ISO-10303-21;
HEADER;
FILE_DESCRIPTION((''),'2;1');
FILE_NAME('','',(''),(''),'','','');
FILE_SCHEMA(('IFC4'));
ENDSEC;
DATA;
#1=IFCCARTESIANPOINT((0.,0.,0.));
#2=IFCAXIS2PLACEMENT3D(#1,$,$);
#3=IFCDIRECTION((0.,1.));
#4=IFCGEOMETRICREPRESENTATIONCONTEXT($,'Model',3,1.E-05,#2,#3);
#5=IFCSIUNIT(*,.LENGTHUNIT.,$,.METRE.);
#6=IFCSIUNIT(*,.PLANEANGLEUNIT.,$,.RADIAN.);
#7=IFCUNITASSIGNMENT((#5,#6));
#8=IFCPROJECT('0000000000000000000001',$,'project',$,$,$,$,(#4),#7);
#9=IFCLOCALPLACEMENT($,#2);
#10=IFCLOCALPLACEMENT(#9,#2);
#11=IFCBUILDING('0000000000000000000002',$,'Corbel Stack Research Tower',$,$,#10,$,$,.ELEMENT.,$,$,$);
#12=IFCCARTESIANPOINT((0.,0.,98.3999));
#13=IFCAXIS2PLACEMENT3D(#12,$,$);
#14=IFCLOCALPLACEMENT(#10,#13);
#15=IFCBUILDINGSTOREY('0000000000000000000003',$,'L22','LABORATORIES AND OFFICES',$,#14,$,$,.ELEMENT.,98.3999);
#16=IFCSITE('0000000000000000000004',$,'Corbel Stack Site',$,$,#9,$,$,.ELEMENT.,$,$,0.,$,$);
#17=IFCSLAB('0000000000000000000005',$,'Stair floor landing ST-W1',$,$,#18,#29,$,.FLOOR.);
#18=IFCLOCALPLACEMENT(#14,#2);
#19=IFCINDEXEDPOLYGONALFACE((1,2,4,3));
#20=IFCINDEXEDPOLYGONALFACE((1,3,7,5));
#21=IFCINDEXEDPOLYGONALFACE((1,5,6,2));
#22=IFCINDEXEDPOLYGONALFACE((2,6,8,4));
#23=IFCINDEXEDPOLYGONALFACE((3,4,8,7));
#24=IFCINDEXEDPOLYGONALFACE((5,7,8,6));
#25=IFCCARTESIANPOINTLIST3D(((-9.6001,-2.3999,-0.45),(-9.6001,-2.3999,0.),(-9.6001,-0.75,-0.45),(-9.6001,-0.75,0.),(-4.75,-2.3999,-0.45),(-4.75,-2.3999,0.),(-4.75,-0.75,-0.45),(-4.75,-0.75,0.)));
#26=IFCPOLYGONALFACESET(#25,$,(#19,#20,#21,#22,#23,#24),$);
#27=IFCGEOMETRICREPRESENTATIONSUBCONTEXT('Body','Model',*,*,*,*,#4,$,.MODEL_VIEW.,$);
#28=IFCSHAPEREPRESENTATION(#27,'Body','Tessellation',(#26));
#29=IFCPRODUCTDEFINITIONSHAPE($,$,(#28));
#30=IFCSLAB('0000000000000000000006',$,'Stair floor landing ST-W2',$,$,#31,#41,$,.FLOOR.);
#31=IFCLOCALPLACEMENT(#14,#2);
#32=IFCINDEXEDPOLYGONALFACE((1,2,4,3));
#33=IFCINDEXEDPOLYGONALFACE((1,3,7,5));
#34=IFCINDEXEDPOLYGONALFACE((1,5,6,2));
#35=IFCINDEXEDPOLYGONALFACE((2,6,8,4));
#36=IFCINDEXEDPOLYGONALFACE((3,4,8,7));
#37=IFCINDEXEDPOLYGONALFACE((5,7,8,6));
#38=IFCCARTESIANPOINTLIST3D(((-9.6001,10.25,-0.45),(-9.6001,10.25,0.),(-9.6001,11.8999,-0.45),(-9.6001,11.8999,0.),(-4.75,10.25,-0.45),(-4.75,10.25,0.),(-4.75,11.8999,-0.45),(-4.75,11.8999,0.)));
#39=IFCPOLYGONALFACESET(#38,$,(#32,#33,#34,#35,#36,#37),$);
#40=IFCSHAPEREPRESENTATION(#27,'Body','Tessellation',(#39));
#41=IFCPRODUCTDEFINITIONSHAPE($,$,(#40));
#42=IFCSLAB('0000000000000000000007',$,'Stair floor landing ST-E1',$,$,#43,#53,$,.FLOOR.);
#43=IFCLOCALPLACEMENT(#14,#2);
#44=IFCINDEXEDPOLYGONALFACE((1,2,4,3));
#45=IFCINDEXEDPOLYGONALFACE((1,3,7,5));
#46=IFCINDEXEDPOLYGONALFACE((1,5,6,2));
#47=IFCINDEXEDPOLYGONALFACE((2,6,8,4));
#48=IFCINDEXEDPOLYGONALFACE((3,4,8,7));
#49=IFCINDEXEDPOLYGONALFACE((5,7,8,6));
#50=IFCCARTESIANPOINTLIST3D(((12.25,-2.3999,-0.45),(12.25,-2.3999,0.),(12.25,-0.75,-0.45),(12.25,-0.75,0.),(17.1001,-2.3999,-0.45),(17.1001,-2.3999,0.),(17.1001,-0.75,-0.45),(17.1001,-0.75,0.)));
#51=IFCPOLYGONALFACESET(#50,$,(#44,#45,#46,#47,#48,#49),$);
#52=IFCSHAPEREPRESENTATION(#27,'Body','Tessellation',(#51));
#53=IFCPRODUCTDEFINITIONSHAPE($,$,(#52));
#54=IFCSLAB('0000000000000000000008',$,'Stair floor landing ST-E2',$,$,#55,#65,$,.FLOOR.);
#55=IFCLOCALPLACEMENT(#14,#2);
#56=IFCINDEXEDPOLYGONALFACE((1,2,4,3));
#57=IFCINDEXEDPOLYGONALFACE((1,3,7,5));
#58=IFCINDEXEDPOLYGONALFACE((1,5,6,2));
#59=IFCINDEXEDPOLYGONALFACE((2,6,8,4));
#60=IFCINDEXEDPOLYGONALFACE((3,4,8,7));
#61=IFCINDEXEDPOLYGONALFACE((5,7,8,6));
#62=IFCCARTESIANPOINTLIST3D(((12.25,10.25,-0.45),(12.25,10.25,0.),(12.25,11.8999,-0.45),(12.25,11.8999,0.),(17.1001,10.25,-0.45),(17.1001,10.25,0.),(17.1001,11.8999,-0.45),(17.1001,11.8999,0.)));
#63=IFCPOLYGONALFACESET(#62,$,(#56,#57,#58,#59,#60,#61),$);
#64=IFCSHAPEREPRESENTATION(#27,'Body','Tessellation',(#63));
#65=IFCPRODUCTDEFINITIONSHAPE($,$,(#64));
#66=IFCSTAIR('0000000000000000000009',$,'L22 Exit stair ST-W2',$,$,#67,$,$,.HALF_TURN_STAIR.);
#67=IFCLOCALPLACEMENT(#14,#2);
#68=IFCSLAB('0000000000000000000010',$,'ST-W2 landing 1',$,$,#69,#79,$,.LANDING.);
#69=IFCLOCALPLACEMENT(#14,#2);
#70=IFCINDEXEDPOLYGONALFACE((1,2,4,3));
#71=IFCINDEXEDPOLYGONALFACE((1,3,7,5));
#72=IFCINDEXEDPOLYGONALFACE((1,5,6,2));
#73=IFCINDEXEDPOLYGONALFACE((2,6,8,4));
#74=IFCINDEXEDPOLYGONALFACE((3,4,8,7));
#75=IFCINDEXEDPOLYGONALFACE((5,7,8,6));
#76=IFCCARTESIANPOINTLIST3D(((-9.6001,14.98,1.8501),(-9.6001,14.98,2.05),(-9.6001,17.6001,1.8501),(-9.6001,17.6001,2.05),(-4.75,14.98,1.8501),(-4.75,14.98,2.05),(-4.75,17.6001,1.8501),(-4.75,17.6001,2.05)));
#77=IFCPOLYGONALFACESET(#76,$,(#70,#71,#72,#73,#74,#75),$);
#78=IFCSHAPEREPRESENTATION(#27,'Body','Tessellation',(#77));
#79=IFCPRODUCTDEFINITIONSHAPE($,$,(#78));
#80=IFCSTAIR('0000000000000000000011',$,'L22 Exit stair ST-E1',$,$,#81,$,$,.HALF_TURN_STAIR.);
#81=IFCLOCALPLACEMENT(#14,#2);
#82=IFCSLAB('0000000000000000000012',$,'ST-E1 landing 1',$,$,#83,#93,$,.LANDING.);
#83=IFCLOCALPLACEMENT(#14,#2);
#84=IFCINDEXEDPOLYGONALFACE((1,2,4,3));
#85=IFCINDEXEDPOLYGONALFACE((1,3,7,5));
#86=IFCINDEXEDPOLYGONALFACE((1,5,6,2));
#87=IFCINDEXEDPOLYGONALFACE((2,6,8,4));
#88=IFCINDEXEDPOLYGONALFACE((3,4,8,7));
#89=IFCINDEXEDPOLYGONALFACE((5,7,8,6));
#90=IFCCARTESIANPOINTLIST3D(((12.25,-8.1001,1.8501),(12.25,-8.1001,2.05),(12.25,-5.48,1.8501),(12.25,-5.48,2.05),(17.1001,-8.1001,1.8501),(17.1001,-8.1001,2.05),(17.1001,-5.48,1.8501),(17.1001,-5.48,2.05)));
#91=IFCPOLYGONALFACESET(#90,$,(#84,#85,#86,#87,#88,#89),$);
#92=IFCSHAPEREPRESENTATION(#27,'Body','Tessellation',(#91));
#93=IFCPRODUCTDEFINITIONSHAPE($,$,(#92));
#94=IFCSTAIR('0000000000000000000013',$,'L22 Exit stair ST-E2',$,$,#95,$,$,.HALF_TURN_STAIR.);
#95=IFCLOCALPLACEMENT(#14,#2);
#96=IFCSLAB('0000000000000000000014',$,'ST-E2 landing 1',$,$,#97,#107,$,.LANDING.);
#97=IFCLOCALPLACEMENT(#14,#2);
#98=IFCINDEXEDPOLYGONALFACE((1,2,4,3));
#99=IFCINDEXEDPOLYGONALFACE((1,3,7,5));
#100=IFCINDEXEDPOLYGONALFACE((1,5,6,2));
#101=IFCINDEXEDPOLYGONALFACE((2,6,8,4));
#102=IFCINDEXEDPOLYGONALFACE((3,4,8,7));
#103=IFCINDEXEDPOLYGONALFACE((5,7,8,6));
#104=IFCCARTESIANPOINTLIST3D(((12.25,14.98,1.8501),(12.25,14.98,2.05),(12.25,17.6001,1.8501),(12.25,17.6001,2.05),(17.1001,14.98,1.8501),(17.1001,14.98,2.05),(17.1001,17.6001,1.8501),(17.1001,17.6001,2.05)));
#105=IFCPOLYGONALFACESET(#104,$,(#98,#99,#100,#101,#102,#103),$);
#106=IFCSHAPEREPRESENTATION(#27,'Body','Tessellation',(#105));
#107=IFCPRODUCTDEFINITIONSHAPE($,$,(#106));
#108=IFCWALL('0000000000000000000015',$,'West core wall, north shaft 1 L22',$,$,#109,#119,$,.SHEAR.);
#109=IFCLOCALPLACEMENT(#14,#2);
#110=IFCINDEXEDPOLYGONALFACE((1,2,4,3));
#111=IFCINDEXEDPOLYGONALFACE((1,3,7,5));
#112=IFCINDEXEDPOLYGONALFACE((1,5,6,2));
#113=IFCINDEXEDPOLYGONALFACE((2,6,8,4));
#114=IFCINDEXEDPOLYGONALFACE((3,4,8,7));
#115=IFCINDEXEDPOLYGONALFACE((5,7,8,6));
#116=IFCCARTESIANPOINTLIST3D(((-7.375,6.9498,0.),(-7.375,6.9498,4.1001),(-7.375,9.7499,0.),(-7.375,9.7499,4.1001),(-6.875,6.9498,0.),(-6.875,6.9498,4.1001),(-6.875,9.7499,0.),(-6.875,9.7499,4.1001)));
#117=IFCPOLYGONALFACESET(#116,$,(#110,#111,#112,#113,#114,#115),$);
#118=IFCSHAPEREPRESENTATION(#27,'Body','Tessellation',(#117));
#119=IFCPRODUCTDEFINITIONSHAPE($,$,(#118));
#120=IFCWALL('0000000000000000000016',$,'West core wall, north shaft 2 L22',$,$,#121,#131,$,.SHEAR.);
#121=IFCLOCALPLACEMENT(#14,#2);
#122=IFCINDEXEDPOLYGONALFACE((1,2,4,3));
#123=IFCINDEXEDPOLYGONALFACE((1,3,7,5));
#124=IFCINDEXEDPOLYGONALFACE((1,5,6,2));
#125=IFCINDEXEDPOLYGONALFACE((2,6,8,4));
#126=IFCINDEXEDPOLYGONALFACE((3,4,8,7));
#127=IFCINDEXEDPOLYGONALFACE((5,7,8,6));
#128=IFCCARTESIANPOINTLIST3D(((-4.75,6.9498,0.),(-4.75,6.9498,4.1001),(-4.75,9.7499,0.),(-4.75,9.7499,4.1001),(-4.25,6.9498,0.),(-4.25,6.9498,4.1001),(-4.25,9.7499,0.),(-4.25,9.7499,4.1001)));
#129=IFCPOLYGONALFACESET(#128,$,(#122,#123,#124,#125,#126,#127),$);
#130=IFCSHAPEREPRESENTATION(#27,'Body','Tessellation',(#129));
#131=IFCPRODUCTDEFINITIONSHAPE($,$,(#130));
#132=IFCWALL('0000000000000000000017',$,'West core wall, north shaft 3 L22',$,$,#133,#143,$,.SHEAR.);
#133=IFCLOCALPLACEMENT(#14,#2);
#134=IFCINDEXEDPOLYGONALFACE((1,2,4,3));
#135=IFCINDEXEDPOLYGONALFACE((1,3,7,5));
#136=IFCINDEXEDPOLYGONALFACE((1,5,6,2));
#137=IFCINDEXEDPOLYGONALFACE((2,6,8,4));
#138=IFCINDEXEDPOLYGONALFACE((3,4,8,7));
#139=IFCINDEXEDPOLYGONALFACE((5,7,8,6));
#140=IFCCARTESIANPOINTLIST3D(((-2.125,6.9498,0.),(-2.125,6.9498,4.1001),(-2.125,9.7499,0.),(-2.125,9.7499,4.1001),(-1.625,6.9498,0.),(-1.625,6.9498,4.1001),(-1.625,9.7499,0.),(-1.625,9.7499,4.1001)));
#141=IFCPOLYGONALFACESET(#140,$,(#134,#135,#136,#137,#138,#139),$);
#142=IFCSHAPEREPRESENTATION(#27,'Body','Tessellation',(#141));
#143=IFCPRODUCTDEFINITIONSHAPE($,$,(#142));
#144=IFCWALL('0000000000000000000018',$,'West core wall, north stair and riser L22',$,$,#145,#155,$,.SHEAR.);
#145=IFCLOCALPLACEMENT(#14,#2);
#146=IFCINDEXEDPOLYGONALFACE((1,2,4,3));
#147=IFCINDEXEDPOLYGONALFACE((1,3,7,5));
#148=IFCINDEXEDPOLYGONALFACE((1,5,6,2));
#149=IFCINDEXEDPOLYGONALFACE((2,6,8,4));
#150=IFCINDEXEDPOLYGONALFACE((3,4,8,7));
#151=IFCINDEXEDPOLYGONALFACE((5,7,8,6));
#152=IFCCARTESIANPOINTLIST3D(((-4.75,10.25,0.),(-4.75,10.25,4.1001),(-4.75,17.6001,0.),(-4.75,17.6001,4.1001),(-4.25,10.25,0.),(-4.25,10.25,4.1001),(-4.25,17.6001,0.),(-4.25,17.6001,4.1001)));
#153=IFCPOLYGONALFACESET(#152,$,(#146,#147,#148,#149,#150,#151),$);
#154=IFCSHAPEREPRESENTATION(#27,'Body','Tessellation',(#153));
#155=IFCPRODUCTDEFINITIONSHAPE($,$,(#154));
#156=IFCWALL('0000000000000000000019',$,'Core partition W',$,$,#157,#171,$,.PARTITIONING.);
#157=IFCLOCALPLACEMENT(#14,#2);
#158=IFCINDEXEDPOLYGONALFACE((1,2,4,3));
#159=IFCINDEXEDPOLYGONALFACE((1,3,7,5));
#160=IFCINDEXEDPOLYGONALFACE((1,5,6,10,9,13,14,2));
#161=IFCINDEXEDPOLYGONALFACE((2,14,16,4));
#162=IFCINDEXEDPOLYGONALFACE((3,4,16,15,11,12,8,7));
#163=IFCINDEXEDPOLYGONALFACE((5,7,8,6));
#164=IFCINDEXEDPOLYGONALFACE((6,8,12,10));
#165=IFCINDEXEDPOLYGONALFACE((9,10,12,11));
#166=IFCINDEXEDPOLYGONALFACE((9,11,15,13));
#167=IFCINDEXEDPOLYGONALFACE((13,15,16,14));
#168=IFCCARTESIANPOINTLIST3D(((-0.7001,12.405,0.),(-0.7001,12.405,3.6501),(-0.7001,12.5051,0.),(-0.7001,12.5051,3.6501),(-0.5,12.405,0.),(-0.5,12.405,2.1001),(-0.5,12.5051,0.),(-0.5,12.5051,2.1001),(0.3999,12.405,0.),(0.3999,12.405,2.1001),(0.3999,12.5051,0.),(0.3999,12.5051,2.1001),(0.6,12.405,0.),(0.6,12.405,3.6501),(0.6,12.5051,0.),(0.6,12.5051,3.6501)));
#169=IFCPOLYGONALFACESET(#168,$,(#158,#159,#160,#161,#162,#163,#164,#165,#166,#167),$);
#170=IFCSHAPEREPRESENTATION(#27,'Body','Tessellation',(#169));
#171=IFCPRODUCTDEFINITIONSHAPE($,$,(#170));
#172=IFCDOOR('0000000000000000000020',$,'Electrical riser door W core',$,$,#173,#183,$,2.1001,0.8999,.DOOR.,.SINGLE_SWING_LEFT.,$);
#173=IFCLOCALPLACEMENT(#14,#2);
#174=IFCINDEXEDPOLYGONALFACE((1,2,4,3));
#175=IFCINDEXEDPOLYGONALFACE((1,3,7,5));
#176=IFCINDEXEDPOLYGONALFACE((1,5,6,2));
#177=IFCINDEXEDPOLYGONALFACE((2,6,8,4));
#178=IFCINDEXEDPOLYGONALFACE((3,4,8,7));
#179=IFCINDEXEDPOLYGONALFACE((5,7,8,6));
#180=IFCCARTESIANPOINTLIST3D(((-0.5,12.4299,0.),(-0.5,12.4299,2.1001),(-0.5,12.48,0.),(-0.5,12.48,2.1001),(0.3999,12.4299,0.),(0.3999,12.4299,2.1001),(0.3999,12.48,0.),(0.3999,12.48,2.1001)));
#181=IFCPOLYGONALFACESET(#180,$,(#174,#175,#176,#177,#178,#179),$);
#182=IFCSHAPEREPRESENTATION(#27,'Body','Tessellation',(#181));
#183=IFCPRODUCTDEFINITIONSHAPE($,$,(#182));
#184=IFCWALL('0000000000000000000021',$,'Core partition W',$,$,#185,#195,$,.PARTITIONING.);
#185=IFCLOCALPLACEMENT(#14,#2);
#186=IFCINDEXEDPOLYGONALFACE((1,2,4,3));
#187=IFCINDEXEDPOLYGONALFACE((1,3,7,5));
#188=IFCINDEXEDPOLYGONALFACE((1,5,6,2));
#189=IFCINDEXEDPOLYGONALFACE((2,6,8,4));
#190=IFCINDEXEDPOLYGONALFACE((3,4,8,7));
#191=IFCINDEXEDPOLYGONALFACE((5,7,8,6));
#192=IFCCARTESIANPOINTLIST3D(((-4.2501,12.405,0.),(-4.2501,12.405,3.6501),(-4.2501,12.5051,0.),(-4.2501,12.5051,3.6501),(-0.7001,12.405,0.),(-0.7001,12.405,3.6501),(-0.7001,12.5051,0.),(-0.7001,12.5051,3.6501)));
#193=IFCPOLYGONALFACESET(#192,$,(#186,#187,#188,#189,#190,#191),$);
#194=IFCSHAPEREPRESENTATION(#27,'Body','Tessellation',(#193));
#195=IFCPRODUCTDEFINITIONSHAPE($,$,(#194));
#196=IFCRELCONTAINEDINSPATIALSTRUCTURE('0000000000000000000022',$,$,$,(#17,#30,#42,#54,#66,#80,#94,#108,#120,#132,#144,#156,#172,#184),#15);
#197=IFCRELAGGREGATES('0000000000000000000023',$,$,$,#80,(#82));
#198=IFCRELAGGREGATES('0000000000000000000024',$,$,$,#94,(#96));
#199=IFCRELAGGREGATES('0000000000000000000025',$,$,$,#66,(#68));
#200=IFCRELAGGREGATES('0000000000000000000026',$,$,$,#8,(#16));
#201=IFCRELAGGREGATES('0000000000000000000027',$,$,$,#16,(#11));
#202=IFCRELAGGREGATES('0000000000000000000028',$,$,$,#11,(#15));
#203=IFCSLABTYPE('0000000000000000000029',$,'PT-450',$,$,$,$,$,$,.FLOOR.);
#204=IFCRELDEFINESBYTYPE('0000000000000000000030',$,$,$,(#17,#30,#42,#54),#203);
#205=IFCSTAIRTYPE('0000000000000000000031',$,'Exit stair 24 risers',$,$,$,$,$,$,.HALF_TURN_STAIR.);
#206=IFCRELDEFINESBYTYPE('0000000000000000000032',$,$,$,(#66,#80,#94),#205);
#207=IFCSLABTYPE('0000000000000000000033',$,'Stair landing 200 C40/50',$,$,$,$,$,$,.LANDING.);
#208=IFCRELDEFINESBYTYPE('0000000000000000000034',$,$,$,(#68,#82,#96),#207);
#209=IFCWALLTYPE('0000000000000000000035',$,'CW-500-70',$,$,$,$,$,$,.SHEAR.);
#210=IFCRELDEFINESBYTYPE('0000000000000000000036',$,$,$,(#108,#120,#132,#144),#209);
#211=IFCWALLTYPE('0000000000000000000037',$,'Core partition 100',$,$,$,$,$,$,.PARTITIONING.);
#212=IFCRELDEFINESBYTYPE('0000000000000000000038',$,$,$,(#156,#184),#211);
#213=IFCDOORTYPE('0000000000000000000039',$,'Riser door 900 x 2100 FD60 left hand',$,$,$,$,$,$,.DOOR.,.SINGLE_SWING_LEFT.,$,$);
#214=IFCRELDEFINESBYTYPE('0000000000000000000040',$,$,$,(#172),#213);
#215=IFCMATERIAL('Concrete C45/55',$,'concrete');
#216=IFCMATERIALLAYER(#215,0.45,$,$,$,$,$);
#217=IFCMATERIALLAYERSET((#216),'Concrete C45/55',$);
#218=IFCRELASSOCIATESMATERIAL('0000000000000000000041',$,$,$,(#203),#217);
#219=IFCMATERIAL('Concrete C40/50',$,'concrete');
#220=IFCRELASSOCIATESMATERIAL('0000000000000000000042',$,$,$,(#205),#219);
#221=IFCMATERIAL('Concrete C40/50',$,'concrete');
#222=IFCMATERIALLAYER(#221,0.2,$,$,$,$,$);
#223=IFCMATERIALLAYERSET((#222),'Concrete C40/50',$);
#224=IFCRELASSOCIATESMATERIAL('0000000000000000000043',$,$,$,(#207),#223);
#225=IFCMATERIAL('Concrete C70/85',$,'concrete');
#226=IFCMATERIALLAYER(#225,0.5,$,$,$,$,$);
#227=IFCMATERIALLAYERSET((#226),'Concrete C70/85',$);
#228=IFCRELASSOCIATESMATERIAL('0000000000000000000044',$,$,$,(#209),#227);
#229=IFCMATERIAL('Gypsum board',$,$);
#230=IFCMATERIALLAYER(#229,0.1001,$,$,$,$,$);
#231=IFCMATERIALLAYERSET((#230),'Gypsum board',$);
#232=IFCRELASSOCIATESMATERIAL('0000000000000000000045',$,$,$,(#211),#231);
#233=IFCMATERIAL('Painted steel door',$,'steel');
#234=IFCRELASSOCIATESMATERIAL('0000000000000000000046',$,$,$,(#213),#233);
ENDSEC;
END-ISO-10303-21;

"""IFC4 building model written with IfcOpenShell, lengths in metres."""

from ifc_helpers import new_model, si_unit, direction, frame, frame_2d, origin, place, context, subcontext, project, spatial, polyline, rectangle, outline, extrude, material, layer, layer_set, type_object, element, fill, aggregate, save


model = new_model("IFC4")

# Units and contexts
model_context = context("Model", 3, precision=1e-05, world=origin(), true_north=direction((0.0, 1.0)))
body_context = subcontext(model_context, "Body", "Model", "MODEL_VIEW")
ifc_project = project(units=[si_unit("LENGTHUNIT", "METRE"), si_unit("PLANEANGLEUNIT", "RADIAN")], contexts=[model_context])

# Site, building, storey
site_placement = place(None, origin())
site = spatial("IfcSite", under=ifc_project, at=site_placement, Name="Corbel Stack Site", CompositionType="ELEMENT", RefElevation=0.0)
building_placement = place(site_placement, origin())
building = spatial("IfcBuilding", under=site, at=building_placement, Name="Corbel Stack Research Tower", CompositionType="ELEMENT")
storey_placement = place(building_placement, frame((0.0, 0.0, 98.3999)))
storey = spatial("IfcBuildingStorey", under=building, at=storey_placement, Name="L22", Description="LABORATORIES AND OFFICES", CompositionType="ELEMENT", Elevation=98.3999)

# Slabs
ifc_material_1 = material(Name="Concrete C45/55", Category="concrete")
ifc_layer_1 = layer(ifc_material_1, 0.45)
ifc_layer_set_1 = layer_set([ifc_layer_1], Name="Concrete C45/55")
slab_type_1 = type_object("IfcSlabType", Name="PT-450", PredefinedType="FLOOR", material=ifc_layer_set_1)
slab_1_placement = place(storey_placement, frame((0.0, 0.0, -0.45)))
element("IfcSlab", 1, at=slab_1_placement, inside=storey, type_object=slab_type_1, Name="Stair floor landing ST-W1", PredefinedType="FLOOR", context=body_context, shape_type="SweptSolid", body=[
    extrude(outline(polyline([(-9.6001, -2.3999), (-4.75, -2.3999), (-4.75, -0.75), (-9.6001, -0.75), (-9.6001, -2.3999)])), origin(), (0.0, 0.0, 1.0), 0.45),
])
slab_2_placement = place(storey_placement, frame((0.0, 0.0, -0.45)))
element("IfcSlab", 2, at=slab_2_placement, inside=storey, type_object=slab_type_1, Name="Stair floor landing ST-W2", PredefinedType="FLOOR", context=body_context, shape_type="SweptSolid", body=[
    extrude(outline(polyline([(-9.6001, 10.25), (-4.75, 10.25), (-4.75, 11.8999), (-9.6001, 11.8999), (-9.6001, 10.25)])), origin(), (0.0, 0.0, 1.0), 0.45),
])
slab_3_placement = place(storey_placement, frame((0.0, 0.0, -0.45)))
element("IfcSlab", 3, at=slab_3_placement, inside=storey, type_object=slab_type_1, Name="Stair floor landing ST-E1", PredefinedType="FLOOR", context=body_context, shape_type="SweptSolid", body=[
    extrude(outline(polyline([(12.25, -2.3999), (17.1001, -2.3999), (17.1001, -0.75), (12.25, -0.75), (12.25, -2.3999)])), origin(), (0.0, 0.0, 1.0), 0.45),
])
slab_4_placement = place(storey_placement, frame((0.0, 0.0, -0.45)))
element("IfcSlab", 4, at=slab_4_placement, inside=storey, type_object=slab_type_1, Name="Stair floor landing ST-E2", PredefinedType="FLOOR", context=body_context, shape_type="SweptSolid", body=[
    extrude(outline(polyline([(12.25, 10.25), (17.1001, 10.25), (17.1001, 11.8999), (12.25, 11.8999), (12.25, 10.25)])), origin(), (0.0, 0.0, 1.0), 0.45),
])

# Stairs, slabs
ifc_material_2 = material(Name="Concrete C40/50", Category="concrete")
stair_type = type_object("IfcStairType", Name="Exit stair 24 risers", PredefinedType="HALF_TURN_STAIR", material=ifc_material_2)
stair_1_placement = place(storey_placement, origin())
stair_1 = element("IfcStair", 5, at=stair_1_placement, inside=storey, type_object=stair_type, Name="L22 Exit stair ST-W2", PredefinedType="HALF_TURN_STAIR")
ifc_material_3 = material(Name="Concrete C40/50", Category="concrete")
ifc_layer_2 = layer(ifc_material_3, 0.2)
ifc_layer_set_2 = layer_set([ifc_layer_2], Name="Concrete C40/50")
slab_type_2 = type_object("IfcSlabType", Name="Stair landing 200 C40/50", PredefinedType="LANDING", material=ifc_layer_set_2)
slab_5_placement = place(storey_placement, frame((0.0, 0.0, 1.8501)))
slab_5 = element("IfcSlab", 6, at=slab_5_placement, type_object=slab_type_2, Name="ST-W2 landing 1", PredefinedType="LANDING", context=body_context, shape_type="SweptSolid", body=[
    extrude(outline(polyline([(-9.6001, 14.98), (-9.6001, 17.6001), (-4.75, 17.6001), (-4.75, 14.98), (-9.6001, 14.98)])), origin(), (0.0, 0.0, 1.0), 0.2),
])
stair_2_placement = place(storey_placement, origin())
stair_2 = element("IfcStair", 7, at=stair_2_placement, inside=storey, type_object=stair_type, Name="L22 Exit stair ST-E1", PredefinedType="HALF_TURN_STAIR")
slab_6_placement = place(storey_placement, frame((0.0, 0.0, 1.8501)))
slab_6 = element("IfcSlab", 8, at=slab_6_placement, type_object=slab_type_2, Name="ST-E1 landing 1", PredefinedType="LANDING", context=body_context, shape_type="SweptSolid", body=[
    extrude(outline(polyline([(12.25, -8.1001), (12.25, -5.48), (17.1001, -5.48), (17.1001, -8.1001), (12.25, -8.1001)])), origin(), (0.0, 0.0, 1.0), 0.2),
])
aggregate(stair_2, [slab_6])
stair_3_placement = place(storey_placement, origin())
stair_3 = element("IfcStair", 9, at=stair_3_placement, inside=storey, type_object=stair_type, Name="L22 Exit stair ST-E2", PredefinedType="HALF_TURN_STAIR")
slab_7_placement = place(storey_placement, frame((0.0, 0.0, 1.8501)))
slab_7 = element("IfcSlab", 10, at=slab_7_placement, type_object=slab_type_2, Name="ST-E2 landing 1", PredefinedType="LANDING", context=body_context, shape_type="SweptSolid", body=[
    extrude(outline(polyline([(12.25, 14.98), (12.25, 17.6001), (17.1001, 17.6001), (17.1001, 14.98), (12.25, 14.98)])), origin(), (0.0, 0.0, 1.0), 0.2),
])
aggregate(stair_3, [slab_7])

# Walls
ifc_material_4 = material(Name="Concrete C70/85", Category="concrete")
ifc_layer_3 = layer(ifc_material_4, 0.5)
ifc_layer_set_3 = layer_set([ifc_layer_3], Name="Concrete C70/85")
wall_type_1 = type_object("IfcWallType", Name="CW-500-70", PredefinedType="SHEAR", material=ifc_layer_set_3)
for number, where, z_axis, x_axis, name in (
    (11, (-7.125, 6.95, 0.0), (0.0, 0.0, 1.0), (0.0, 1.0, 0.0), "West core wall, north shaft 1 L22"),
    (12, (-4.5, 6.95, 0.0), (0.0, 0.0, 1.0), (0.0, 1.0, 0.0), "West core wall, north shaft 2 L22"),
    (13, (-1.875, 6.95, 0.0), (0.0, 0.0, 1.0), (0.0, 1.0, 0.0), "West core wall, north shaft 3 L22"),
):
    element("IfcWall", number, at=place(storey_placement, frame(where, z_axis=z_axis, x_axis=x_axis)), inside=storey, type_object=wall_type_1, Name=name, PredefinedType="SHEAR", context=body_context, shape_type="SweptSolid", body=[
        extrude(rectangle(XDim=2.8, YDim=0.5, at=frame_2d((1.3999, 0.0))), origin(), (0.0, 0.0, 1.0), 4.1001),
    ])
wall_1_placement = place(storey_placement, frame((-4.5, 10.25, 0.0), z_axis=(0.0, 0.0, 1.0), x_axis=(0.0, 1.0, 0.0)))
element("IfcWall", 14, at=wall_1_placement, inside=storey, type_object=wall_type_1, Name="West core wall, north stair and riser L22", PredefinedType="SHEAR", context=body_context, shape_type="SweptSolid", body=[
    extrude(rectangle(XDim=7.3501, YDim=0.5, at=frame_2d((3.675, 0.0))), origin(), (0.0, 0.0, 1.0), 4.1001),
])

# Wall, opening, door
ifc_material_5 = material(Name="Gypsum board")
ifc_layer_4 = layer(ifc_material_5, 0.1001)
ifc_layer_set_4 = layer_set([ifc_layer_4], Name="Gypsum board")
wall_type_2 = type_object("IfcWallType", Name="Core partition 100", PredefinedType="PARTITIONING", material=ifc_layer_set_4)
wall_2_placement = place(storey_placement, frame((-0.7, 12.4551, 0.0), z_axis=(0.0, 0.0, 1.0), x_axis=(1.0, 0.0, 0.0)))
wall_2 = element("IfcWall", 15, at=wall_2_placement, inside=storey, type_object=wall_type_2, Name="Core partition W", PredefinedType="PARTITIONING", context=body_context, shape_type="SweptSolid", body=[
    extrude(rectangle(XDim=1.3, YDim=0.1001, at=frame_2d((0.6499, 0.0))), origin(), (0.0, 0.0, 1.0), 3.6501),
])
opening_1_placement = place(wall_2_placement, frame((0.2, 0.0, 0.0)))
opening_1 = element("IfcOpeningElement", 16, at=opening_1_placement, cuts=wall_2, PredefinedType="OPENING", context=body_context, shape_type="SweptSolid", body=[
    extrude(rectangle(XDim=0.8999, YDim=2.1001, at=frame_2d((0.45, 1.05))), frame((0.0, 0.0601, 0.0), z_axis=(0.0, -1.0, 0.0), x_axis=(1.0, 0.0, 0.0)), (0.0, 0.0, 1.0), 0.1201),
])
ifc_material_6 = material(Name="Painted steel door", Category="steel")
door_type_1 = type_object("IfcDoorType", Name="Riser door 900 x 2100 FD60 left hand", OperationType="SINGLE_SWING_LEFT", PredefinedType="DOOR", material=ifc_material_6)
door_1_placement = place(opening_1_placement, origin())
door_1 = element("IfcDoor", 17, at=door_1_placement, inside=storey, type_object=door_type_1, Name="Electrical riser door W core", OperationType="SINGLE_SWING_LEFT", OverallHeight=2.1001, OverallWidth=0.8999, PredefinedType="DOOR", context=body_context, shape_type="SweptSolid", body=[
    extrude(rectangle(XDim=0.8999, YDim=2.1001, at=frame_2d((0.45, 1.05))), frame((0.0, 0.0249, 0.0), z_axis=(0.0, -1.0, 0.0), x_axis=(1.0, 0.0, 0.0)), (0.0, 0.0, 1.0), 0.05),
])
fill(opening_1, door_1)

# Wall
wall_3_placement = place(storey_placement, frame((-4.25, 12.4551, 0.0), z_axis=(0.0, 0.0, 1.0), x_axis=(1.0, 0.0, 0.0)))
element("IfcWall", 18, at=wall_3_placement, inside=storey, type_object=wall_type_2, Name="Core partition W", PredefinedType="PARTITIONING", context=body_context, shape_type="SweptSolid", body=[
    extrude(rectangle(XDim=3.55, YDim=0.1001, at=frame_2d((1.7749, 0.0))), origin(), (0.0, 0.0, 1.0), 3.6501),
])

aggregate(stair_1, [slab_5])

save(model, "model.ifc")
